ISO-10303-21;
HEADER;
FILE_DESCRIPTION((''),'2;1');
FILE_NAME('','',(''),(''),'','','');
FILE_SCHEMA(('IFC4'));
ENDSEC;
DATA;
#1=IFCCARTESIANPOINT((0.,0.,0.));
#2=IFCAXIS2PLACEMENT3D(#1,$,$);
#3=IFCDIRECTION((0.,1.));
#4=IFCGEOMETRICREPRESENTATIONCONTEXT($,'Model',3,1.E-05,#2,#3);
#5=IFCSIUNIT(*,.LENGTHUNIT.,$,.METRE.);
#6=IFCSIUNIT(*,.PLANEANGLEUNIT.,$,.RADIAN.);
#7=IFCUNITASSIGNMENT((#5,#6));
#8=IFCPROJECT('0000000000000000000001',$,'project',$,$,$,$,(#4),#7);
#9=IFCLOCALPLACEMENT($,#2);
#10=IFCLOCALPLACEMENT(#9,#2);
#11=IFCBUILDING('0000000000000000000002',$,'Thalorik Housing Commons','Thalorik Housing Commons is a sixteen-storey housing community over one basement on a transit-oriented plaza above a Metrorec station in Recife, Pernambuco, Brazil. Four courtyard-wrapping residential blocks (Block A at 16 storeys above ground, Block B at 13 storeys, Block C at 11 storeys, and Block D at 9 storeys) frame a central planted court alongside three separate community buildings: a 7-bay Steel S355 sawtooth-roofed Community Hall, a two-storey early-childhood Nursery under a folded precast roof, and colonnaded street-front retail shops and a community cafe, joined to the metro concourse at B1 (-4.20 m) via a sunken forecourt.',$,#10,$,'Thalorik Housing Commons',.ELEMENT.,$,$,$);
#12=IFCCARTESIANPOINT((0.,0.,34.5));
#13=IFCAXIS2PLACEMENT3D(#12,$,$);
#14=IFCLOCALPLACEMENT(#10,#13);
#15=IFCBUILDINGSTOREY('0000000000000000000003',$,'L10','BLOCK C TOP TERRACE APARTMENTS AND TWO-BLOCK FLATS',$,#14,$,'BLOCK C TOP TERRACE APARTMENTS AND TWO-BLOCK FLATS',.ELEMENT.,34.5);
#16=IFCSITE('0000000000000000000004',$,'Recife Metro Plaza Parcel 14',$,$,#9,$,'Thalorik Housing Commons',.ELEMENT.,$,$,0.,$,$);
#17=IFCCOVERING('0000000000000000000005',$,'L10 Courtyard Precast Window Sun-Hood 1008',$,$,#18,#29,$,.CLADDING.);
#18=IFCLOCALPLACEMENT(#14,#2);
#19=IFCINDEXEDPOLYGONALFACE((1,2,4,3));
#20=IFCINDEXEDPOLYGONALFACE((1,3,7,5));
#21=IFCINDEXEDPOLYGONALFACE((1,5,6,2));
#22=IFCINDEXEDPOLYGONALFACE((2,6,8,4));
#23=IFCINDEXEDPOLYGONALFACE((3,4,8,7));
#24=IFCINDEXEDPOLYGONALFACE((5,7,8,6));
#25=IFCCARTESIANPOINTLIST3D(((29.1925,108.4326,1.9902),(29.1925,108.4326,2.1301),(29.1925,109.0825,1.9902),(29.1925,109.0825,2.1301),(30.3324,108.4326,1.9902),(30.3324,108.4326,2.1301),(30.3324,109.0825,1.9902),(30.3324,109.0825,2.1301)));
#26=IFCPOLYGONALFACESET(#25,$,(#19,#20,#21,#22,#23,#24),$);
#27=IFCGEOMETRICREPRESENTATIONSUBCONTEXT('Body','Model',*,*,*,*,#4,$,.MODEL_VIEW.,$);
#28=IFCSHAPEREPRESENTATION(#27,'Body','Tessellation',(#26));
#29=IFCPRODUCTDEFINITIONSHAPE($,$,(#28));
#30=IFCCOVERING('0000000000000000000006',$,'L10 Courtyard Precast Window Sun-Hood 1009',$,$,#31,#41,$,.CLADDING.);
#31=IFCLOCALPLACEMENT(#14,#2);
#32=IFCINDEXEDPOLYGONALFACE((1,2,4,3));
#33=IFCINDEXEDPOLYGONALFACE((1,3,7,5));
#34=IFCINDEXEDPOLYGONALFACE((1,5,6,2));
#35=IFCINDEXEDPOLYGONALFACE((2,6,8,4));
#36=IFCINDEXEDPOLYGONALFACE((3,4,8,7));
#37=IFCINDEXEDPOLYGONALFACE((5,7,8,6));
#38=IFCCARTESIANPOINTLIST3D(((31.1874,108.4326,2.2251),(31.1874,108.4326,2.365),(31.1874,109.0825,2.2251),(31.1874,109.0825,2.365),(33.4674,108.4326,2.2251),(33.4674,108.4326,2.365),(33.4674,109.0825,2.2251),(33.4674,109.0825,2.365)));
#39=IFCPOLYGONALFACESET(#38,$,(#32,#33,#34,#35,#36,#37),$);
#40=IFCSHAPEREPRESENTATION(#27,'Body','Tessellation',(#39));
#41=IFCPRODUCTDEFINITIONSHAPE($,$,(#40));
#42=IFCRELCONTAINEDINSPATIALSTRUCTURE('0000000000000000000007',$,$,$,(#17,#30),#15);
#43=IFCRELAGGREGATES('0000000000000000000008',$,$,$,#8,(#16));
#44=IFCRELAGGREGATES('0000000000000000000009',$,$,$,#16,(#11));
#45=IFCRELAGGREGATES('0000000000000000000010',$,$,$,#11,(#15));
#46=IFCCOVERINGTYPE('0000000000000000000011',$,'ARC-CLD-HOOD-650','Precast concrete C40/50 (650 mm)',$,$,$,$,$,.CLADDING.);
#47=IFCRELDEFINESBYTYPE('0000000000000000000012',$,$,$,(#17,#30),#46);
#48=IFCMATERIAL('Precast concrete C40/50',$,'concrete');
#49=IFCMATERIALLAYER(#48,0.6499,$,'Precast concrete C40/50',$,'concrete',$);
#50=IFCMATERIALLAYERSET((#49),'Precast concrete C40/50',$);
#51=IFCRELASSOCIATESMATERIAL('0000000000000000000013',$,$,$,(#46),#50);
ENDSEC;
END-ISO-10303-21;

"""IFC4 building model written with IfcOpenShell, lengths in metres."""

from ifc_helpers import new_model, si_unit, direction, frame, origin, origin_2d, place, context, subcontext, project, spatial, rectangle, extrude, material, layer, layer_set, type_object, element, save


model = new_model("IFC4")

# Units and contexts
model_context = context("Model", 3, precision=1e-05, world=origin(), true_north=direction((0.0, 1.0)))
body_context = subcontext(model_context, "Body", "Model", "MODEL_VIEW")
ifc_project = project(units=[si_unit("LENGTHUNIT", "METRE"), si_unit("PLANEANGLEUNIT", "RADIAN")], contexts=[model_context])

# Site, building, storey
site_placement = place(None, origin())
site = spatial("IfcSite", under=ifc_project, at=site_placement, Name="Recife Metro Plaza Parcel 14", LongName="Thalorik Housing Commons", CompositionType="ELEMENT", RefElevation=0.0)
building_placement = place(site_placement, origin())
building = spatial("IfcBuilding", under=site, at=building_placement, Name="Thalorik Housing Commons", Description="Thalorik Housing Commons is a sixteen-storey housing community over one basement on a transit-oriented plaza above a Metrorec station in Recife, Pernambuco, Brazil. Four courtyard-wrapping residential blocks (Block A at 16 storeys above ground, Block B at 13 storeys, Block C at 11 storeys, and Block D at 9 storeys) frame a central planted court alongside three separate community buildings: a 7-bay Steel S355 sawtooth-roofed Community Hall, a two-storey early-childhood Nursery under a folded precast roof, and colonnaded street-front retail shops and a community cafe, joined to the metro concourse at B1 (-4.20 m) via a sunken forecourt.", LongName="Thalorik Housing Commons", CompositionType="ELEMENT")
storey_placement = place(building_placement, frame((0.0, 0.0, 34.5)))
storey = spatial("IfcBuildingStorey", under=building, at=storey_placement, Name="L10", Description="BLOCK C TOP TERRACE APARTMENTS AND TWO-BLOCK FLATS", LongName="BLOCK C TOP TERRACE APARTMENTS AND TWO-BLOCK FLATS", CompositionType="ELEMENT", Elevation=34.5)

# Shared definitions
ifc_material_1 = material(Name="Precast concrete C40/50", Category="concrete")

# Coverings
ifc_layer_1 = layer(ifc_material_1, 0.6499, Name="Precast concrete C40/50", Category="concrete")
ifc_layer_set_1 = layer_set([ifc_layer_1], Name="Precast concrete C40/50")
covering_type_1 = type_object("IfcCoveringType", Name="ARC-CLD-HOOD-650", Description="Precast concrete C40/50 (650 mm)", PredefinedType="CLADDING", material=ifc_layer_set_1)
covering_1_placement = place(storey_placement, frame((29.7625, 108.7576, 1.9902), z_axis=(0.0, 0.0, 1.0), x_axis=(1.0, 0.0, 0.0)))
element("IfcCovering", 1, at=covering_1_placement, inside=storey, type_object=covering_type_1, Name="L10 Courtyard Precast Window Sun-Hood 1008", PredefinedType="CLADDING", context=body_context, shape_type="SweptSolid", body=[
    extrude(rectangle(XDim=1.1399, YDim=0.6499, at=origin_2d()), origin(), (0.0, 0.0, 1.0), 0.1399),
])
covering_2_placement = place(storey_placement, frame((32.3274, 108.7576, 2.2251), z_axis=(0.0, 0.0, 1.0), x_axis=(1.0, 0.0, 0.0)))
element("IfcCovering", 2, at=covering_2_placement, inside=storey, type_object=covering_type_1, Name="L10 Courtyard Precast Window Sun-Hood 1009", PredefinedType="CLADDING", context=body_context, shape_type="SweptSolid", body=[
    extrude(rectangle(XDim=2.28, YDim=0.6499, at=origin_2d()), origin(), (0.0, 0.0, 1.0), 0.1399),
])

save(model, "model.ifc")
